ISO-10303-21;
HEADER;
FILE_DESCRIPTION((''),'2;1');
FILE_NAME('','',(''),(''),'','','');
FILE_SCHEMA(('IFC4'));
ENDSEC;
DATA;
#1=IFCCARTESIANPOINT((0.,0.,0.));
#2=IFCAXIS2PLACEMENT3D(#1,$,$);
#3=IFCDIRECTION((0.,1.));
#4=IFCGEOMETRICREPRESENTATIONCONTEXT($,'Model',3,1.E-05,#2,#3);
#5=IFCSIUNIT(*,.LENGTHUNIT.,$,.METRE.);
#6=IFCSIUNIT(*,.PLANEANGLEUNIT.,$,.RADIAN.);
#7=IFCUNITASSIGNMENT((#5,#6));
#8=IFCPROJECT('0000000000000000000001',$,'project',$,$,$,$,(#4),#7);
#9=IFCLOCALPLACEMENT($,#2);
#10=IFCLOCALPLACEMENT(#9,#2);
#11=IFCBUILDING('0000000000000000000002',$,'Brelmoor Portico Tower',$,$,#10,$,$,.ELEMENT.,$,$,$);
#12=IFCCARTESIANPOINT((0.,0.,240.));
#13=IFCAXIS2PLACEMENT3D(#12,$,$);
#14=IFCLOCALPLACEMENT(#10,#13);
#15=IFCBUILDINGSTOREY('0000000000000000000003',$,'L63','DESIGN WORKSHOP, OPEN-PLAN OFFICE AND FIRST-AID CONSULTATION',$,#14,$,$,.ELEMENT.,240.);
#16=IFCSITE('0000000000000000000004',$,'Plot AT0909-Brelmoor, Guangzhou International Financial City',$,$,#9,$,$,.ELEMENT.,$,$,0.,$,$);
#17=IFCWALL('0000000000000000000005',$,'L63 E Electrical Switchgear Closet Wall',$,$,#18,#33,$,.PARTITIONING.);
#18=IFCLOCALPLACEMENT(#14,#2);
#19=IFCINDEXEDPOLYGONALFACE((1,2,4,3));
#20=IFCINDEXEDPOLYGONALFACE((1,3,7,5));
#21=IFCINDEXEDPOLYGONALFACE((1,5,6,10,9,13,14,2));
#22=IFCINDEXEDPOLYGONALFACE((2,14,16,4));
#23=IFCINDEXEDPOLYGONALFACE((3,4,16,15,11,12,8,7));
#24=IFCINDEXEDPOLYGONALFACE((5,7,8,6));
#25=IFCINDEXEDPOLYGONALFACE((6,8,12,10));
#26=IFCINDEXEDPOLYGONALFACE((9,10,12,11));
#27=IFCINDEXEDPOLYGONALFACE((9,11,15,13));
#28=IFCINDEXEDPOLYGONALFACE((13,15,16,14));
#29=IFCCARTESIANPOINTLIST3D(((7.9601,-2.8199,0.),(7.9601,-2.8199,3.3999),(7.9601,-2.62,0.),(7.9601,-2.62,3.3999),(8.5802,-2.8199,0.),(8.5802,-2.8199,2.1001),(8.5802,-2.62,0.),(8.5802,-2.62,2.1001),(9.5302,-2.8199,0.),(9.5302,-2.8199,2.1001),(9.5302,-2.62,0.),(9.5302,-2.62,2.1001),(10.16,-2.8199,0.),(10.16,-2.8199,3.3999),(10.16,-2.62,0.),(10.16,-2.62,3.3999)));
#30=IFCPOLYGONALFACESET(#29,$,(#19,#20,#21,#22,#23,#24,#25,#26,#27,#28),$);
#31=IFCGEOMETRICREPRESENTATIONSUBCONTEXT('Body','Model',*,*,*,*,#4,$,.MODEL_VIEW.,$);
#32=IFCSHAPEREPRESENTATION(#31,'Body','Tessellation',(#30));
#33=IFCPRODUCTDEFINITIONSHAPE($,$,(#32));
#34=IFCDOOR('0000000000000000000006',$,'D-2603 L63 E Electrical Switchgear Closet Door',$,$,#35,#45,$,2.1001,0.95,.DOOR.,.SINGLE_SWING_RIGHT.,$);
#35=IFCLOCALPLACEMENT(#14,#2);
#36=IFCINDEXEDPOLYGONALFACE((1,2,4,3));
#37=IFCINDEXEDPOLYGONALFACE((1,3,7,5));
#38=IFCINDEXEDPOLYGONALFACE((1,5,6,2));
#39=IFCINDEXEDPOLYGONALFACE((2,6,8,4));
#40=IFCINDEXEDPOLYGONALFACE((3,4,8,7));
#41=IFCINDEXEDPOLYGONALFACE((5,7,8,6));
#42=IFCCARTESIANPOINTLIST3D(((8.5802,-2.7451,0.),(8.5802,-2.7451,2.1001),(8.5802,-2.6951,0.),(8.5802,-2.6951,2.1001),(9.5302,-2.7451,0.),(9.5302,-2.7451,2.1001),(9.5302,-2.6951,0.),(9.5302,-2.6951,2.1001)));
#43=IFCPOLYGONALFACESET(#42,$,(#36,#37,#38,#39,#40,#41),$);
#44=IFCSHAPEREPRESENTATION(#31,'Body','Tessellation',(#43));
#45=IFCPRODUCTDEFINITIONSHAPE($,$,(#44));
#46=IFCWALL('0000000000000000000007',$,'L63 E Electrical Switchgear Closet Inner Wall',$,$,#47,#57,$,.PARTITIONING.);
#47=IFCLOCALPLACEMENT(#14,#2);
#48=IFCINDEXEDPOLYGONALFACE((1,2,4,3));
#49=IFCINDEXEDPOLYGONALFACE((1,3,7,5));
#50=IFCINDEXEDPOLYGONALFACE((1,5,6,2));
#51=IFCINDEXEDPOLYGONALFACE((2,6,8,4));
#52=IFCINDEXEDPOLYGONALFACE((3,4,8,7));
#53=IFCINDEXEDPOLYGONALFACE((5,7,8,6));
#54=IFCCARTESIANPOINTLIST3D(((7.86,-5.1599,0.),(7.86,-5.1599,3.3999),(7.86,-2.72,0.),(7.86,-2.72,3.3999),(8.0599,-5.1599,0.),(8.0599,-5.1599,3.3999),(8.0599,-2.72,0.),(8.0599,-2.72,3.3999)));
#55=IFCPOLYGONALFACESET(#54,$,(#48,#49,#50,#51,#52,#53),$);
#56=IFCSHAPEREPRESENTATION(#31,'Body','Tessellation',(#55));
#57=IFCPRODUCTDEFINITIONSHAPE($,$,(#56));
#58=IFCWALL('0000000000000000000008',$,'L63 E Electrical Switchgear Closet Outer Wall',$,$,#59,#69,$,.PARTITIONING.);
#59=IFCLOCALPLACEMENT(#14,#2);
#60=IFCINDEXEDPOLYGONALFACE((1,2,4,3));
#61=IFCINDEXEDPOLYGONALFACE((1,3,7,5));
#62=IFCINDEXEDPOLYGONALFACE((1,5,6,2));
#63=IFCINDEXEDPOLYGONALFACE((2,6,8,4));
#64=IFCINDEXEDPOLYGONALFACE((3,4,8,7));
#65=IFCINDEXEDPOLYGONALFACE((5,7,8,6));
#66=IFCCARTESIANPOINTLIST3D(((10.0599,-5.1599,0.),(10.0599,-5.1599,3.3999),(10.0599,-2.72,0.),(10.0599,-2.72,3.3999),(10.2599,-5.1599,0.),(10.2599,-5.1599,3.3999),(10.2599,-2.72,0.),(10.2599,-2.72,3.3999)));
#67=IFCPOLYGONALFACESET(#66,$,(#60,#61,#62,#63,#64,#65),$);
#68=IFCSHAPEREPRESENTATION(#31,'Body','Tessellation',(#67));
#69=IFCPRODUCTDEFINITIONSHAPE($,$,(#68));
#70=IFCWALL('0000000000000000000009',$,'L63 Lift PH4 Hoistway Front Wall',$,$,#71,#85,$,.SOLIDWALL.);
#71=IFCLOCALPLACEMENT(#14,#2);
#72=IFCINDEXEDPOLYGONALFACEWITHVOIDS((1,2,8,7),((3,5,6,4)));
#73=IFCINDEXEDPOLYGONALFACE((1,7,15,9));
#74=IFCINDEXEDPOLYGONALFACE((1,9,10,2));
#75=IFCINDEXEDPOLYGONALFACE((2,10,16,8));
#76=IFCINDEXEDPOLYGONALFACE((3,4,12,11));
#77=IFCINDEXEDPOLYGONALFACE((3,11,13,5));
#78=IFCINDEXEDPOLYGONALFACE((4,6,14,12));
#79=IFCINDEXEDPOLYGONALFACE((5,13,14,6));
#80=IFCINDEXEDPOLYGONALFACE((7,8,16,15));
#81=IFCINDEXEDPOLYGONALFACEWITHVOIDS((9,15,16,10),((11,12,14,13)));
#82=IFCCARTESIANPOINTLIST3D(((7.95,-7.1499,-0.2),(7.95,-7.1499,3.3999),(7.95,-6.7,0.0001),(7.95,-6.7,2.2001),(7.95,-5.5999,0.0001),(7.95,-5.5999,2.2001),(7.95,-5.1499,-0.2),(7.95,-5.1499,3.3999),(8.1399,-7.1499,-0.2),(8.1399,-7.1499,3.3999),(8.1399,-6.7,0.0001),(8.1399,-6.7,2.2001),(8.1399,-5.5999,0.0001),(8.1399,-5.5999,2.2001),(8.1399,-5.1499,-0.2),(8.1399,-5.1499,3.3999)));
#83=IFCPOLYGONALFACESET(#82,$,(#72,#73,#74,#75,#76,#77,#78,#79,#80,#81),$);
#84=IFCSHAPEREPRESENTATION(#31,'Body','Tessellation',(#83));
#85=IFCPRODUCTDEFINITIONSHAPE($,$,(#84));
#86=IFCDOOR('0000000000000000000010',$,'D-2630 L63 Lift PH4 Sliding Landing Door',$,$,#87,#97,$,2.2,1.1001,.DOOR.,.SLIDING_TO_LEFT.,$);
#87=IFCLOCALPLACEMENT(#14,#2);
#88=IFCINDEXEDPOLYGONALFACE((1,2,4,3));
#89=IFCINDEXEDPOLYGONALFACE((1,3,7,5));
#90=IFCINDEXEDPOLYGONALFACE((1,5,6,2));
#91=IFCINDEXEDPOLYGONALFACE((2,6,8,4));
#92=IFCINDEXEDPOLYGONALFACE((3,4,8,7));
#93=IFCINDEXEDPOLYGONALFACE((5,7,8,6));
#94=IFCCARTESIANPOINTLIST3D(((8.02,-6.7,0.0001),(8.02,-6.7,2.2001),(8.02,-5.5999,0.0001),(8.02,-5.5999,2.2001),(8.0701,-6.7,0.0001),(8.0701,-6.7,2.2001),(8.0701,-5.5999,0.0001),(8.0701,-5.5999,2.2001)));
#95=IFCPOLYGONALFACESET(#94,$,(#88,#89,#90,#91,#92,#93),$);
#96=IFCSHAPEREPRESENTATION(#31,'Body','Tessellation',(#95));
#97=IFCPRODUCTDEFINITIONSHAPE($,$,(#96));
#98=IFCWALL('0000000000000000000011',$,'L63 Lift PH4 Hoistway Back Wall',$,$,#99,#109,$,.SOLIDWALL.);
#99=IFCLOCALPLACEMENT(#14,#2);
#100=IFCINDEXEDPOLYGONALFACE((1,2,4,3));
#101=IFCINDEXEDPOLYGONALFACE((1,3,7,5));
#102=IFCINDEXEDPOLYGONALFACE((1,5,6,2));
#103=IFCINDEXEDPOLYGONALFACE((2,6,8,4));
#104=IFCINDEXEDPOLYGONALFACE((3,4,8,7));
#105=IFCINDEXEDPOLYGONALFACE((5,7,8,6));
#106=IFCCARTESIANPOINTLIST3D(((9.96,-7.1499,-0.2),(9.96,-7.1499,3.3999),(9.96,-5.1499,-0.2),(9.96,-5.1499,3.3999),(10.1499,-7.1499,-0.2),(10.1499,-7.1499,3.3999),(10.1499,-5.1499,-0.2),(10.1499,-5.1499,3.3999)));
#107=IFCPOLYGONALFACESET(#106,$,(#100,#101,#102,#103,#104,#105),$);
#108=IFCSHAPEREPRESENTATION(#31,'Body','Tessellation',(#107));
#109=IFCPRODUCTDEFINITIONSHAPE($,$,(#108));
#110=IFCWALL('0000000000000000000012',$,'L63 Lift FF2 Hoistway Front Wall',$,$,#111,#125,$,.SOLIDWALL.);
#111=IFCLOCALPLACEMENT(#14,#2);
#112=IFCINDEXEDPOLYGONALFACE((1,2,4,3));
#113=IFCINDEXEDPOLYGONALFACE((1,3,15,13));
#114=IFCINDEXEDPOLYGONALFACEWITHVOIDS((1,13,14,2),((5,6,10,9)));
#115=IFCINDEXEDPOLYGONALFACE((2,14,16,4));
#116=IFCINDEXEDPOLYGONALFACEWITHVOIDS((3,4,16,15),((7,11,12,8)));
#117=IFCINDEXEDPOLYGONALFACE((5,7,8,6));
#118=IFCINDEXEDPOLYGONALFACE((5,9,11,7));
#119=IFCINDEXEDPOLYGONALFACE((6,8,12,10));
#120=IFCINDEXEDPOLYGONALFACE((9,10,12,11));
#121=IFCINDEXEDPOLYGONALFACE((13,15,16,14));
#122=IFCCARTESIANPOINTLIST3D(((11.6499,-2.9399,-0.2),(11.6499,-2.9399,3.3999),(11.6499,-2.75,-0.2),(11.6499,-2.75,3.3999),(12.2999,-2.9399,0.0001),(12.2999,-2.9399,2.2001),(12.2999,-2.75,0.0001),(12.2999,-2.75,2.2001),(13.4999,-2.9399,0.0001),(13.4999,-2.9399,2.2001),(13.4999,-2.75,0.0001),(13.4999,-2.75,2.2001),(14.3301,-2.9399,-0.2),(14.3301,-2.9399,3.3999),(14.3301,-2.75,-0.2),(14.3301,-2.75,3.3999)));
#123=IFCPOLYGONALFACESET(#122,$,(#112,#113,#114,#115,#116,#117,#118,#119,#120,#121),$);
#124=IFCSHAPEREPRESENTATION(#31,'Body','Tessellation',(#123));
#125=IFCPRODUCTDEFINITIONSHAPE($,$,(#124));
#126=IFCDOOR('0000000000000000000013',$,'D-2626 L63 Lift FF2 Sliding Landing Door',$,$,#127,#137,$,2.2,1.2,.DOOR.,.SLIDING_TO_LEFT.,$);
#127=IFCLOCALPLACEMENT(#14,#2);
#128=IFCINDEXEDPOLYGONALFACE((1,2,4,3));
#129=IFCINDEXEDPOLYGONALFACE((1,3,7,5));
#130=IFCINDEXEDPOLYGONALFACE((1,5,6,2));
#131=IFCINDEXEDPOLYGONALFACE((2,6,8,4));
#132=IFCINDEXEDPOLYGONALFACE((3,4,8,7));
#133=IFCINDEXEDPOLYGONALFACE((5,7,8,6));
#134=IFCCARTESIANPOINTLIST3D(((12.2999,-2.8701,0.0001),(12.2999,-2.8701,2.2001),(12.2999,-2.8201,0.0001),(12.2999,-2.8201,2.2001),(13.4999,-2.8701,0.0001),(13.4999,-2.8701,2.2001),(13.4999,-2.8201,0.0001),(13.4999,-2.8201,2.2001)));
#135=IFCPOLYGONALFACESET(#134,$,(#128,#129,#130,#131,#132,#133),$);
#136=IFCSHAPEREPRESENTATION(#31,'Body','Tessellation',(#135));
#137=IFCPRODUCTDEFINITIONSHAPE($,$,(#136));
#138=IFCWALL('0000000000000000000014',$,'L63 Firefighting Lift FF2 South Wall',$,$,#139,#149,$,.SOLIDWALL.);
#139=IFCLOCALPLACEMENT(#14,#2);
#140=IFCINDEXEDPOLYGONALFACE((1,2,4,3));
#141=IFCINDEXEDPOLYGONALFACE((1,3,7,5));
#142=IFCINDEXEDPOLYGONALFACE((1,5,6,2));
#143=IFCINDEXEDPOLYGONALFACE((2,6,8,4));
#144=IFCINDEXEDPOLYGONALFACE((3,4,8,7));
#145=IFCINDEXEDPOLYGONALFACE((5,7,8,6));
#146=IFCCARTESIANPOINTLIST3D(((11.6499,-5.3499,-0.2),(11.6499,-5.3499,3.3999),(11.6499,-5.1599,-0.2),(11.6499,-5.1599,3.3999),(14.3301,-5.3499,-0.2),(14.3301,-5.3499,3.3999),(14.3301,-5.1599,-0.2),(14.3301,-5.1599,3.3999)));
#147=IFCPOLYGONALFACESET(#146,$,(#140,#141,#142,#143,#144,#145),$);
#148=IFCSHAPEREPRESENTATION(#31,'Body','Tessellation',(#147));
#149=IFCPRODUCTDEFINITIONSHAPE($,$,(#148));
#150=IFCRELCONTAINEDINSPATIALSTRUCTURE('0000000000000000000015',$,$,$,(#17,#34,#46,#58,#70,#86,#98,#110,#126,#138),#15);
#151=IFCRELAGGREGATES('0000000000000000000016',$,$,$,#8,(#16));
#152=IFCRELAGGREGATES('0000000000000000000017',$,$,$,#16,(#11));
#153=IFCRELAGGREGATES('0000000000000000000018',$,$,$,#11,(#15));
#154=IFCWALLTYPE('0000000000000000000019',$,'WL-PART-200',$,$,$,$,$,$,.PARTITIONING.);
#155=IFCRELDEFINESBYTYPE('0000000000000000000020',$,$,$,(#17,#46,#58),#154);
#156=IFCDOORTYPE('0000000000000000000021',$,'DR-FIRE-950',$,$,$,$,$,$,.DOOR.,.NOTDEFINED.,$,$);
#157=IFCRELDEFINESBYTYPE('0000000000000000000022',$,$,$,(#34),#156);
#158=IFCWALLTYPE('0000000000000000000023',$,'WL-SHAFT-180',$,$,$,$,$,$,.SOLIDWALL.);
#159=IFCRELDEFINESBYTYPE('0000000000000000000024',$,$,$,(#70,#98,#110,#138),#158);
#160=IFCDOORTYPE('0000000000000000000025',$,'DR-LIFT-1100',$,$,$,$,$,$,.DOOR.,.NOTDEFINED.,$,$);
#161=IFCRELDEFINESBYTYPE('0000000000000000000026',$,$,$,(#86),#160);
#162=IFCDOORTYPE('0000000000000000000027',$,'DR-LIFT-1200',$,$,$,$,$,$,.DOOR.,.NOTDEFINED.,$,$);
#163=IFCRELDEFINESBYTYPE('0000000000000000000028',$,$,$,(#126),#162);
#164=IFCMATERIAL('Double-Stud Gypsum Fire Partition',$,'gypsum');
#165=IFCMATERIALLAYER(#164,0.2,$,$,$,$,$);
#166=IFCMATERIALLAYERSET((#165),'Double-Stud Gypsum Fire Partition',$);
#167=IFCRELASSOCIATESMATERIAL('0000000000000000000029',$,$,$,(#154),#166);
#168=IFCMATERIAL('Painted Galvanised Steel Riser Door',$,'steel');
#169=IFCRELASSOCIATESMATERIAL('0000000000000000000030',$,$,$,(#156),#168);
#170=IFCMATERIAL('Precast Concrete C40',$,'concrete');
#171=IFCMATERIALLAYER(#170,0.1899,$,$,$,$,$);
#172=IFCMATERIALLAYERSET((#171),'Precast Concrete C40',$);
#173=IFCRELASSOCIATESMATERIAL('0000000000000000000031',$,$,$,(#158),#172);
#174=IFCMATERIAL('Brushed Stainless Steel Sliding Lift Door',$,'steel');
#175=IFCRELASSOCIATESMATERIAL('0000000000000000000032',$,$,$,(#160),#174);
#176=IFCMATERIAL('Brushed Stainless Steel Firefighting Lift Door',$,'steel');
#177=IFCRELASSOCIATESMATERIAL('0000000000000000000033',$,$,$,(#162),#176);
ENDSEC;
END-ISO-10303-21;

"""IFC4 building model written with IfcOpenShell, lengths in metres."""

from ifc_helpers import new_model, si_unit, direction, frame, frame_2d, origin, place, context, subcontext, project, spatial, rectangle, extrude, material, layer, layer_set, type_object, element, fill, save


model = new_model("IFC4")

# Units and contexts
model_context = context("Model", 3, precision=1e-05, world=origin(), true_north=direction((0.0, 1.0)))
body_context = subcontext(model_context, "Body", "Model", "MODEL_VIEW")
ifc_project = project(units=[si_unit("LENGTHUNIT", "METRE"), si_unit("PLANEANGLEUNIT", "RADIAN")], contexts=[model_context])

# Site, building, storey
site_placement = place(None, origin())
site = spatial("IfcSite", under=ifc_project, at=site_placement, Name="Plot AT0909-Brelmoor, Guangzhou International Financial City", CompositionType="ELEMENT", RefElevation=0.0)
building_placement = place(site_placement, origin())
building = spatial("IfcBuilding", under=site, at=building_placement, Name="Brelmoor Portico Tower", CompositionType="ELEMENT")
storey_placement = place(building_placement, frame((0.0, 0.0, 240.0)))
storey = spatial("IfcBuildingStorey", under=building, at=storey_placement, Name="L63", Description="DESIGN WORKSHOP, OPEN-PLAN OFFICE AND FIRST-AID CONSULTATION", CompositionType="ELEMENT", Elevation=240.0)

# Wall, opening, door
ifc_material_1 = material(Name="Double-Stud Gypsum Fire Partition", Category="gypsum")
ifc_layer_1 = layer(ifc_material_1, 0.2)
ifc_layer_set_1 = layer_set([ifc_layer_1], Name="Double-Stud Gypsum Fire Partition")
wall_type_1 = type_object("IfcWallType", Name="WL-PART-200", PredefinedType="PARTITIONING", material=ifc_layer_set_1)
wall_1_placement = place(storey_placement, frame((7.96, -2.72, 0.0), z_axis=(0.0, 0.0, 1.0), x_axis=(1.0, 0.0, 0.0)))
wall_1 = element("IfcWall", 1, at=wall_1_placement, inside=storey, type_object=wall_type_1, Name="L63 E Electrical Switchgear Closet Wall", PredefinedType="PARTITIONING", context=body_context, shape_type="SweptSolid", body=[
    extrude(rectangle(XDim=2.2, YDim=0.2, at=frame_2d((1.1001, 0.0))), origin(), (0.0, 0.0, 1.0), 3.3999),
])
opening_1_placement = place(wall_1_placement, frame((0.6201, 0.0, 0.0)))
opening_1 = element("IfcOpeningElement", 2, at=opening_1_placement, cuts=wall_1, PredefinedType="OPENING", context=body_context, shape_type="SweptSolid", body=[
    extrude(rectangle(XDim=0.95, YDim=2.1001, at=frame_2d((0.4751, 1.05))), frame((0.0, 0.1099, 0.0), z_axis=(0.0, -1.0, 0.0), x_axis=(1.0, 0.0, 0.0)), (0.0, 0.0, 1.0), 0.22),
])
ifc_material_2 = material(Name="Painted Galvanised Steel Riser Door", Category="steel")
door_type_1 = type_object("IfcDoorType", Name="DR-FIRE-950", OperationType="NOTDEFINED", PredefinedType="DOOR", material=ifc_material_2)
door_1_placement = place(opening_1_placement, origin())
door_1 = element("IfcDoor", 3, at=door_1_placement, inside=storey, type_object=door_type_1, Name="D-2603 L63 E Electrical Switchgear Closet Door", OperationType="SINGLE_SWING_RIGHT", OverallHeight=2.1001, OverallWidth=0.95, PredefinedType="DOOR", context=body_context, shape_type="SweptSolid", body=[
    extrude(rectangle(XDim=0.95, YDim=2.1001, at=frame_2d((0.4751, 1.05))), frame((0.0, 0.0249, 0.0), z_axis=(0.0, -1.0, 0.0), x_axis=(1.0, 0.0, 0.0)), (0.0, 0.0, 1.0), 0.05),
])
fill(opening_1, door_1)

# Walls
for number, where, z_axis, x_axis, name in (
    (4, (7.96, -5.1599, 0.0), (0.0, 0.0, 1.0), (0.0, 1.0, 0.0), "L63 E Electrical Switchgear Closet Inner Wall"),
    (5, (10.1599, -5.1599, 0.0), (0.0, 0.0, 1.0), (0.0, 1.0, 0.0), "L63 E Electrical Switchgear Closet Outer Wall"),
):
    element("IfcWall", number, at=place(storey_placement, frame(where, z_axis=z_axis, x_axis=x_axis)), inside=storey, type_object=wall_type_1, Name=name, PredefinedType="PARTITIONING", context=body_context, shape_type="SweptSolid", body=[
        extrude(rectangle(XDim=2.4399, YDim=0.2, at=frame_2d((1.22, 0.0))), origin(), (0.0, 0.0, 1.0), 3.3999),
    ])

# Wall, opening, door
ifc_material_3 = material(Name="Precast Concrete C40", Category="concrete")
ifc_layer_2 = layer(ifc_material_3, 0.1899)
ifc_layer_set_2 = layer_set([ifc_layer_2], Name="Precast Concrete C40")
wall_type_2 = type_object("IfcWallType", Name="WL-SHAFT-180", PredefinedType="SOLIDWALL", material=ifc_layer_set_2)
wall_2_placement = place(storey_placement, frame((8.0449, -7.1499, -0.2), z_axis=(0.0, 0.0, 1.0), x_axis=(0.0, 1.0, 0.0)))
wall_2 = element("IfcWall", 6, at=wall_2_placement, inside=storey, type_object=wall_type_2, Name="L63 Lift PH4 Hoistway Front Wall", PredefinedType="SOLIDWALL", context=body_context, shape_type="SweptSolid", body=[
    extrude(rectangle(XDim=2.0, YDim=0.1899, at=frame_2d((1.0, 0.0))), origin(), (0.0, 0.0, 1.0), 3.5999),
])
opening_2_placement = place(wall_2_placement, frame((0.45, 0.0, 0.2)))
opening_2 = element("IfcOpeningElement", 7, at=opening_2_placement, cuts=wall_2, PredefinedType="OPENING", context=body_context, shape_type="SweptSolid", body=[
    extrude(rectangle(XDim=1.1001, YDim=2.2, at=frame_2d((0.55, 1.1001))), frame((0.0, 0.105, 0.0), z_axis=(0.0, -1.0, 0.0), x_axis=(1.0, 0.0, 0.0)), (0.0, 0.0, 1.0), 0.21),
])
ifc_material_4 = material(Name="Brushed Stainless Steel Sliding Lift Door", Category="steel")
door_type_2 = type_object("IfcDoorType", Name="DR-LIFT-1100", OperationType="NOTDEFINED", PredefinedType="DOOR", material=ifc_material_4)
door_2_placement = place(opening_2_placement, origin())
door_2 = element("IfcDoor", 8, at=door_2_placement, inside=storey, type_object=door_type_2, Name="D-2630 L63 Lift PH4 Sliding Landing Door", OperationType="SLIDING_TO_LEFT", OverallHeight=2.2, OverallWidth=1.1001, PredefinedType="DOOR", context=body_context, shape_type="SweptSolid", body=[
    extrude(rectangle(XDim=1.1001, YDim=2.2, at=frame_2d((0.55, 1.1001))), frame((0.0, 0.0249, 0.0), z_axis=(0.0, -1.0, 0.0), x_axis=(1.0, 0.0, 0.0)), (0.0, 0.0, 1.0), 0.05),
])
fill(opening_2, door_2)

# Wall
wall_3_placement = place(storey_placement, frame((10.0549, -7.1499, -0.2), z_axis=(0.0, 0.0, 1.0), x_axis=(0.0, 1.0, 0.0)))
element("IfcWall", 9, at=wall_3_placement, inside=storey, type_object=wall_type_2, Name="L63 Lift PH4 Hoistway Back Wall", PredefinedType="SOLIDWALL", context=body_context, shape_type="SweptSolid", body=[
    extrude(rectangle(XDim=2.0, YDim=0.1899, at=frame_2d((1.0, 0.0))), origin(), (0.0, 0.0, 1.0), 3.5999),
])

# Wall, opening, door
wall_4_placement = place(storey_placement, frame((11.6499, -2.845, -0.2), z_axis=(0.0, 0.0, 1.0), x_axis=(1.0, 0.0, 0.0)))
wall_4 = element("IfcWall", 10, at=wall_4_placement, inside=storey, type_object=wall_type_2, Name="L63 Lift FF2 Hoistway Front Wall", PredefinedType="SOLIDWALL", context=body_context, shape_type="SweptSolid", body=[
    extrude(rectangle(XDim=2.6802, YDim=0.1899, at=frame_2d((1.3401, 0.0))), origin(), (0.0, 0.0, 1.0), 3.5999),
])
opening_3_placement = place(wall_4_placement, frame((0.6499, 0.0, 0.2)))
opening_3 = element("IfcOpeningElement", 11, at=opening_3_placement, cuts=wall_4, PredefinedType="OPENING", context=body_context, shape_type="SweptSolid", body=[
    extrude(rectangle(XDim=1.2, YDim=2.2, at=frame_2d((0.6001, 1.1001))), frame((0.0, 0.105, 0.0), z_axis=(0.0, -1.0, 0.0), x_axis=(1.0, 0.0, 0.0)), (0.0, 0.0, 1.0), 0.21),
])
ifc_material_5 = material(Name="Brushed Stainless Steel Firefighting Lift Door", Category="steel")
door_type_3 = type_object("IfcDoorType", Name="DR-LIFT-1200", OperationType="NOTDEFINED", PredefinedType="DOOR", material=ifc_material_5)
door_3_placement = place(opening_3_placement, origin())
door_3 = element("IfcDoor", 12, at=door_3_placement, inside=storey, type_object=door_type_3, Name="D-2626 L63 Lift FF2 Sliding Landing Door", OperationType="SLIDING_TO_LEFT", OverallHeight=2.2, OverallWidth=1.2, PredefinedType="DOOR", context=body_context, shape_type="SweptSolid", body=[
    extrude(rectangle(XDim=1.2, YDim=2.2, at=frame_2d((0.6001, 1.1001))), frame((0.0, 0.0249, 0.0), z_axis=(0.0, -1.0, 0.0), x_axis=(1.0, 0.0, 0.0)), (0.0, 0.0, 1.0), 0.05),
])
fill(opening_3, door_3)

# Wall
wall_5_placement = place(storey_placement, frame((11.6499, -5.2549, -0.2), z_axis=(0.0, 0.0, 1.0), x_axis=(1.0, 0.0, 0.0)))
element("IfcWall", 13, at=wall_5_placement, inside=storey, type_object=wall_type_2, Name="L63 Firefighting Lift FF2 South Wall", PredefinedType="SOLIDWALL", context=body_context, shape_type="SweptSolid", body=[
    extrude(rectangle(XDim=2.6802, YDim=0.1899, at=frame_2d((1.3401, 0.0))), origin(), (0.0, 0.0, 1.0), 3.5999),
])

save(model, "model.ifc")
